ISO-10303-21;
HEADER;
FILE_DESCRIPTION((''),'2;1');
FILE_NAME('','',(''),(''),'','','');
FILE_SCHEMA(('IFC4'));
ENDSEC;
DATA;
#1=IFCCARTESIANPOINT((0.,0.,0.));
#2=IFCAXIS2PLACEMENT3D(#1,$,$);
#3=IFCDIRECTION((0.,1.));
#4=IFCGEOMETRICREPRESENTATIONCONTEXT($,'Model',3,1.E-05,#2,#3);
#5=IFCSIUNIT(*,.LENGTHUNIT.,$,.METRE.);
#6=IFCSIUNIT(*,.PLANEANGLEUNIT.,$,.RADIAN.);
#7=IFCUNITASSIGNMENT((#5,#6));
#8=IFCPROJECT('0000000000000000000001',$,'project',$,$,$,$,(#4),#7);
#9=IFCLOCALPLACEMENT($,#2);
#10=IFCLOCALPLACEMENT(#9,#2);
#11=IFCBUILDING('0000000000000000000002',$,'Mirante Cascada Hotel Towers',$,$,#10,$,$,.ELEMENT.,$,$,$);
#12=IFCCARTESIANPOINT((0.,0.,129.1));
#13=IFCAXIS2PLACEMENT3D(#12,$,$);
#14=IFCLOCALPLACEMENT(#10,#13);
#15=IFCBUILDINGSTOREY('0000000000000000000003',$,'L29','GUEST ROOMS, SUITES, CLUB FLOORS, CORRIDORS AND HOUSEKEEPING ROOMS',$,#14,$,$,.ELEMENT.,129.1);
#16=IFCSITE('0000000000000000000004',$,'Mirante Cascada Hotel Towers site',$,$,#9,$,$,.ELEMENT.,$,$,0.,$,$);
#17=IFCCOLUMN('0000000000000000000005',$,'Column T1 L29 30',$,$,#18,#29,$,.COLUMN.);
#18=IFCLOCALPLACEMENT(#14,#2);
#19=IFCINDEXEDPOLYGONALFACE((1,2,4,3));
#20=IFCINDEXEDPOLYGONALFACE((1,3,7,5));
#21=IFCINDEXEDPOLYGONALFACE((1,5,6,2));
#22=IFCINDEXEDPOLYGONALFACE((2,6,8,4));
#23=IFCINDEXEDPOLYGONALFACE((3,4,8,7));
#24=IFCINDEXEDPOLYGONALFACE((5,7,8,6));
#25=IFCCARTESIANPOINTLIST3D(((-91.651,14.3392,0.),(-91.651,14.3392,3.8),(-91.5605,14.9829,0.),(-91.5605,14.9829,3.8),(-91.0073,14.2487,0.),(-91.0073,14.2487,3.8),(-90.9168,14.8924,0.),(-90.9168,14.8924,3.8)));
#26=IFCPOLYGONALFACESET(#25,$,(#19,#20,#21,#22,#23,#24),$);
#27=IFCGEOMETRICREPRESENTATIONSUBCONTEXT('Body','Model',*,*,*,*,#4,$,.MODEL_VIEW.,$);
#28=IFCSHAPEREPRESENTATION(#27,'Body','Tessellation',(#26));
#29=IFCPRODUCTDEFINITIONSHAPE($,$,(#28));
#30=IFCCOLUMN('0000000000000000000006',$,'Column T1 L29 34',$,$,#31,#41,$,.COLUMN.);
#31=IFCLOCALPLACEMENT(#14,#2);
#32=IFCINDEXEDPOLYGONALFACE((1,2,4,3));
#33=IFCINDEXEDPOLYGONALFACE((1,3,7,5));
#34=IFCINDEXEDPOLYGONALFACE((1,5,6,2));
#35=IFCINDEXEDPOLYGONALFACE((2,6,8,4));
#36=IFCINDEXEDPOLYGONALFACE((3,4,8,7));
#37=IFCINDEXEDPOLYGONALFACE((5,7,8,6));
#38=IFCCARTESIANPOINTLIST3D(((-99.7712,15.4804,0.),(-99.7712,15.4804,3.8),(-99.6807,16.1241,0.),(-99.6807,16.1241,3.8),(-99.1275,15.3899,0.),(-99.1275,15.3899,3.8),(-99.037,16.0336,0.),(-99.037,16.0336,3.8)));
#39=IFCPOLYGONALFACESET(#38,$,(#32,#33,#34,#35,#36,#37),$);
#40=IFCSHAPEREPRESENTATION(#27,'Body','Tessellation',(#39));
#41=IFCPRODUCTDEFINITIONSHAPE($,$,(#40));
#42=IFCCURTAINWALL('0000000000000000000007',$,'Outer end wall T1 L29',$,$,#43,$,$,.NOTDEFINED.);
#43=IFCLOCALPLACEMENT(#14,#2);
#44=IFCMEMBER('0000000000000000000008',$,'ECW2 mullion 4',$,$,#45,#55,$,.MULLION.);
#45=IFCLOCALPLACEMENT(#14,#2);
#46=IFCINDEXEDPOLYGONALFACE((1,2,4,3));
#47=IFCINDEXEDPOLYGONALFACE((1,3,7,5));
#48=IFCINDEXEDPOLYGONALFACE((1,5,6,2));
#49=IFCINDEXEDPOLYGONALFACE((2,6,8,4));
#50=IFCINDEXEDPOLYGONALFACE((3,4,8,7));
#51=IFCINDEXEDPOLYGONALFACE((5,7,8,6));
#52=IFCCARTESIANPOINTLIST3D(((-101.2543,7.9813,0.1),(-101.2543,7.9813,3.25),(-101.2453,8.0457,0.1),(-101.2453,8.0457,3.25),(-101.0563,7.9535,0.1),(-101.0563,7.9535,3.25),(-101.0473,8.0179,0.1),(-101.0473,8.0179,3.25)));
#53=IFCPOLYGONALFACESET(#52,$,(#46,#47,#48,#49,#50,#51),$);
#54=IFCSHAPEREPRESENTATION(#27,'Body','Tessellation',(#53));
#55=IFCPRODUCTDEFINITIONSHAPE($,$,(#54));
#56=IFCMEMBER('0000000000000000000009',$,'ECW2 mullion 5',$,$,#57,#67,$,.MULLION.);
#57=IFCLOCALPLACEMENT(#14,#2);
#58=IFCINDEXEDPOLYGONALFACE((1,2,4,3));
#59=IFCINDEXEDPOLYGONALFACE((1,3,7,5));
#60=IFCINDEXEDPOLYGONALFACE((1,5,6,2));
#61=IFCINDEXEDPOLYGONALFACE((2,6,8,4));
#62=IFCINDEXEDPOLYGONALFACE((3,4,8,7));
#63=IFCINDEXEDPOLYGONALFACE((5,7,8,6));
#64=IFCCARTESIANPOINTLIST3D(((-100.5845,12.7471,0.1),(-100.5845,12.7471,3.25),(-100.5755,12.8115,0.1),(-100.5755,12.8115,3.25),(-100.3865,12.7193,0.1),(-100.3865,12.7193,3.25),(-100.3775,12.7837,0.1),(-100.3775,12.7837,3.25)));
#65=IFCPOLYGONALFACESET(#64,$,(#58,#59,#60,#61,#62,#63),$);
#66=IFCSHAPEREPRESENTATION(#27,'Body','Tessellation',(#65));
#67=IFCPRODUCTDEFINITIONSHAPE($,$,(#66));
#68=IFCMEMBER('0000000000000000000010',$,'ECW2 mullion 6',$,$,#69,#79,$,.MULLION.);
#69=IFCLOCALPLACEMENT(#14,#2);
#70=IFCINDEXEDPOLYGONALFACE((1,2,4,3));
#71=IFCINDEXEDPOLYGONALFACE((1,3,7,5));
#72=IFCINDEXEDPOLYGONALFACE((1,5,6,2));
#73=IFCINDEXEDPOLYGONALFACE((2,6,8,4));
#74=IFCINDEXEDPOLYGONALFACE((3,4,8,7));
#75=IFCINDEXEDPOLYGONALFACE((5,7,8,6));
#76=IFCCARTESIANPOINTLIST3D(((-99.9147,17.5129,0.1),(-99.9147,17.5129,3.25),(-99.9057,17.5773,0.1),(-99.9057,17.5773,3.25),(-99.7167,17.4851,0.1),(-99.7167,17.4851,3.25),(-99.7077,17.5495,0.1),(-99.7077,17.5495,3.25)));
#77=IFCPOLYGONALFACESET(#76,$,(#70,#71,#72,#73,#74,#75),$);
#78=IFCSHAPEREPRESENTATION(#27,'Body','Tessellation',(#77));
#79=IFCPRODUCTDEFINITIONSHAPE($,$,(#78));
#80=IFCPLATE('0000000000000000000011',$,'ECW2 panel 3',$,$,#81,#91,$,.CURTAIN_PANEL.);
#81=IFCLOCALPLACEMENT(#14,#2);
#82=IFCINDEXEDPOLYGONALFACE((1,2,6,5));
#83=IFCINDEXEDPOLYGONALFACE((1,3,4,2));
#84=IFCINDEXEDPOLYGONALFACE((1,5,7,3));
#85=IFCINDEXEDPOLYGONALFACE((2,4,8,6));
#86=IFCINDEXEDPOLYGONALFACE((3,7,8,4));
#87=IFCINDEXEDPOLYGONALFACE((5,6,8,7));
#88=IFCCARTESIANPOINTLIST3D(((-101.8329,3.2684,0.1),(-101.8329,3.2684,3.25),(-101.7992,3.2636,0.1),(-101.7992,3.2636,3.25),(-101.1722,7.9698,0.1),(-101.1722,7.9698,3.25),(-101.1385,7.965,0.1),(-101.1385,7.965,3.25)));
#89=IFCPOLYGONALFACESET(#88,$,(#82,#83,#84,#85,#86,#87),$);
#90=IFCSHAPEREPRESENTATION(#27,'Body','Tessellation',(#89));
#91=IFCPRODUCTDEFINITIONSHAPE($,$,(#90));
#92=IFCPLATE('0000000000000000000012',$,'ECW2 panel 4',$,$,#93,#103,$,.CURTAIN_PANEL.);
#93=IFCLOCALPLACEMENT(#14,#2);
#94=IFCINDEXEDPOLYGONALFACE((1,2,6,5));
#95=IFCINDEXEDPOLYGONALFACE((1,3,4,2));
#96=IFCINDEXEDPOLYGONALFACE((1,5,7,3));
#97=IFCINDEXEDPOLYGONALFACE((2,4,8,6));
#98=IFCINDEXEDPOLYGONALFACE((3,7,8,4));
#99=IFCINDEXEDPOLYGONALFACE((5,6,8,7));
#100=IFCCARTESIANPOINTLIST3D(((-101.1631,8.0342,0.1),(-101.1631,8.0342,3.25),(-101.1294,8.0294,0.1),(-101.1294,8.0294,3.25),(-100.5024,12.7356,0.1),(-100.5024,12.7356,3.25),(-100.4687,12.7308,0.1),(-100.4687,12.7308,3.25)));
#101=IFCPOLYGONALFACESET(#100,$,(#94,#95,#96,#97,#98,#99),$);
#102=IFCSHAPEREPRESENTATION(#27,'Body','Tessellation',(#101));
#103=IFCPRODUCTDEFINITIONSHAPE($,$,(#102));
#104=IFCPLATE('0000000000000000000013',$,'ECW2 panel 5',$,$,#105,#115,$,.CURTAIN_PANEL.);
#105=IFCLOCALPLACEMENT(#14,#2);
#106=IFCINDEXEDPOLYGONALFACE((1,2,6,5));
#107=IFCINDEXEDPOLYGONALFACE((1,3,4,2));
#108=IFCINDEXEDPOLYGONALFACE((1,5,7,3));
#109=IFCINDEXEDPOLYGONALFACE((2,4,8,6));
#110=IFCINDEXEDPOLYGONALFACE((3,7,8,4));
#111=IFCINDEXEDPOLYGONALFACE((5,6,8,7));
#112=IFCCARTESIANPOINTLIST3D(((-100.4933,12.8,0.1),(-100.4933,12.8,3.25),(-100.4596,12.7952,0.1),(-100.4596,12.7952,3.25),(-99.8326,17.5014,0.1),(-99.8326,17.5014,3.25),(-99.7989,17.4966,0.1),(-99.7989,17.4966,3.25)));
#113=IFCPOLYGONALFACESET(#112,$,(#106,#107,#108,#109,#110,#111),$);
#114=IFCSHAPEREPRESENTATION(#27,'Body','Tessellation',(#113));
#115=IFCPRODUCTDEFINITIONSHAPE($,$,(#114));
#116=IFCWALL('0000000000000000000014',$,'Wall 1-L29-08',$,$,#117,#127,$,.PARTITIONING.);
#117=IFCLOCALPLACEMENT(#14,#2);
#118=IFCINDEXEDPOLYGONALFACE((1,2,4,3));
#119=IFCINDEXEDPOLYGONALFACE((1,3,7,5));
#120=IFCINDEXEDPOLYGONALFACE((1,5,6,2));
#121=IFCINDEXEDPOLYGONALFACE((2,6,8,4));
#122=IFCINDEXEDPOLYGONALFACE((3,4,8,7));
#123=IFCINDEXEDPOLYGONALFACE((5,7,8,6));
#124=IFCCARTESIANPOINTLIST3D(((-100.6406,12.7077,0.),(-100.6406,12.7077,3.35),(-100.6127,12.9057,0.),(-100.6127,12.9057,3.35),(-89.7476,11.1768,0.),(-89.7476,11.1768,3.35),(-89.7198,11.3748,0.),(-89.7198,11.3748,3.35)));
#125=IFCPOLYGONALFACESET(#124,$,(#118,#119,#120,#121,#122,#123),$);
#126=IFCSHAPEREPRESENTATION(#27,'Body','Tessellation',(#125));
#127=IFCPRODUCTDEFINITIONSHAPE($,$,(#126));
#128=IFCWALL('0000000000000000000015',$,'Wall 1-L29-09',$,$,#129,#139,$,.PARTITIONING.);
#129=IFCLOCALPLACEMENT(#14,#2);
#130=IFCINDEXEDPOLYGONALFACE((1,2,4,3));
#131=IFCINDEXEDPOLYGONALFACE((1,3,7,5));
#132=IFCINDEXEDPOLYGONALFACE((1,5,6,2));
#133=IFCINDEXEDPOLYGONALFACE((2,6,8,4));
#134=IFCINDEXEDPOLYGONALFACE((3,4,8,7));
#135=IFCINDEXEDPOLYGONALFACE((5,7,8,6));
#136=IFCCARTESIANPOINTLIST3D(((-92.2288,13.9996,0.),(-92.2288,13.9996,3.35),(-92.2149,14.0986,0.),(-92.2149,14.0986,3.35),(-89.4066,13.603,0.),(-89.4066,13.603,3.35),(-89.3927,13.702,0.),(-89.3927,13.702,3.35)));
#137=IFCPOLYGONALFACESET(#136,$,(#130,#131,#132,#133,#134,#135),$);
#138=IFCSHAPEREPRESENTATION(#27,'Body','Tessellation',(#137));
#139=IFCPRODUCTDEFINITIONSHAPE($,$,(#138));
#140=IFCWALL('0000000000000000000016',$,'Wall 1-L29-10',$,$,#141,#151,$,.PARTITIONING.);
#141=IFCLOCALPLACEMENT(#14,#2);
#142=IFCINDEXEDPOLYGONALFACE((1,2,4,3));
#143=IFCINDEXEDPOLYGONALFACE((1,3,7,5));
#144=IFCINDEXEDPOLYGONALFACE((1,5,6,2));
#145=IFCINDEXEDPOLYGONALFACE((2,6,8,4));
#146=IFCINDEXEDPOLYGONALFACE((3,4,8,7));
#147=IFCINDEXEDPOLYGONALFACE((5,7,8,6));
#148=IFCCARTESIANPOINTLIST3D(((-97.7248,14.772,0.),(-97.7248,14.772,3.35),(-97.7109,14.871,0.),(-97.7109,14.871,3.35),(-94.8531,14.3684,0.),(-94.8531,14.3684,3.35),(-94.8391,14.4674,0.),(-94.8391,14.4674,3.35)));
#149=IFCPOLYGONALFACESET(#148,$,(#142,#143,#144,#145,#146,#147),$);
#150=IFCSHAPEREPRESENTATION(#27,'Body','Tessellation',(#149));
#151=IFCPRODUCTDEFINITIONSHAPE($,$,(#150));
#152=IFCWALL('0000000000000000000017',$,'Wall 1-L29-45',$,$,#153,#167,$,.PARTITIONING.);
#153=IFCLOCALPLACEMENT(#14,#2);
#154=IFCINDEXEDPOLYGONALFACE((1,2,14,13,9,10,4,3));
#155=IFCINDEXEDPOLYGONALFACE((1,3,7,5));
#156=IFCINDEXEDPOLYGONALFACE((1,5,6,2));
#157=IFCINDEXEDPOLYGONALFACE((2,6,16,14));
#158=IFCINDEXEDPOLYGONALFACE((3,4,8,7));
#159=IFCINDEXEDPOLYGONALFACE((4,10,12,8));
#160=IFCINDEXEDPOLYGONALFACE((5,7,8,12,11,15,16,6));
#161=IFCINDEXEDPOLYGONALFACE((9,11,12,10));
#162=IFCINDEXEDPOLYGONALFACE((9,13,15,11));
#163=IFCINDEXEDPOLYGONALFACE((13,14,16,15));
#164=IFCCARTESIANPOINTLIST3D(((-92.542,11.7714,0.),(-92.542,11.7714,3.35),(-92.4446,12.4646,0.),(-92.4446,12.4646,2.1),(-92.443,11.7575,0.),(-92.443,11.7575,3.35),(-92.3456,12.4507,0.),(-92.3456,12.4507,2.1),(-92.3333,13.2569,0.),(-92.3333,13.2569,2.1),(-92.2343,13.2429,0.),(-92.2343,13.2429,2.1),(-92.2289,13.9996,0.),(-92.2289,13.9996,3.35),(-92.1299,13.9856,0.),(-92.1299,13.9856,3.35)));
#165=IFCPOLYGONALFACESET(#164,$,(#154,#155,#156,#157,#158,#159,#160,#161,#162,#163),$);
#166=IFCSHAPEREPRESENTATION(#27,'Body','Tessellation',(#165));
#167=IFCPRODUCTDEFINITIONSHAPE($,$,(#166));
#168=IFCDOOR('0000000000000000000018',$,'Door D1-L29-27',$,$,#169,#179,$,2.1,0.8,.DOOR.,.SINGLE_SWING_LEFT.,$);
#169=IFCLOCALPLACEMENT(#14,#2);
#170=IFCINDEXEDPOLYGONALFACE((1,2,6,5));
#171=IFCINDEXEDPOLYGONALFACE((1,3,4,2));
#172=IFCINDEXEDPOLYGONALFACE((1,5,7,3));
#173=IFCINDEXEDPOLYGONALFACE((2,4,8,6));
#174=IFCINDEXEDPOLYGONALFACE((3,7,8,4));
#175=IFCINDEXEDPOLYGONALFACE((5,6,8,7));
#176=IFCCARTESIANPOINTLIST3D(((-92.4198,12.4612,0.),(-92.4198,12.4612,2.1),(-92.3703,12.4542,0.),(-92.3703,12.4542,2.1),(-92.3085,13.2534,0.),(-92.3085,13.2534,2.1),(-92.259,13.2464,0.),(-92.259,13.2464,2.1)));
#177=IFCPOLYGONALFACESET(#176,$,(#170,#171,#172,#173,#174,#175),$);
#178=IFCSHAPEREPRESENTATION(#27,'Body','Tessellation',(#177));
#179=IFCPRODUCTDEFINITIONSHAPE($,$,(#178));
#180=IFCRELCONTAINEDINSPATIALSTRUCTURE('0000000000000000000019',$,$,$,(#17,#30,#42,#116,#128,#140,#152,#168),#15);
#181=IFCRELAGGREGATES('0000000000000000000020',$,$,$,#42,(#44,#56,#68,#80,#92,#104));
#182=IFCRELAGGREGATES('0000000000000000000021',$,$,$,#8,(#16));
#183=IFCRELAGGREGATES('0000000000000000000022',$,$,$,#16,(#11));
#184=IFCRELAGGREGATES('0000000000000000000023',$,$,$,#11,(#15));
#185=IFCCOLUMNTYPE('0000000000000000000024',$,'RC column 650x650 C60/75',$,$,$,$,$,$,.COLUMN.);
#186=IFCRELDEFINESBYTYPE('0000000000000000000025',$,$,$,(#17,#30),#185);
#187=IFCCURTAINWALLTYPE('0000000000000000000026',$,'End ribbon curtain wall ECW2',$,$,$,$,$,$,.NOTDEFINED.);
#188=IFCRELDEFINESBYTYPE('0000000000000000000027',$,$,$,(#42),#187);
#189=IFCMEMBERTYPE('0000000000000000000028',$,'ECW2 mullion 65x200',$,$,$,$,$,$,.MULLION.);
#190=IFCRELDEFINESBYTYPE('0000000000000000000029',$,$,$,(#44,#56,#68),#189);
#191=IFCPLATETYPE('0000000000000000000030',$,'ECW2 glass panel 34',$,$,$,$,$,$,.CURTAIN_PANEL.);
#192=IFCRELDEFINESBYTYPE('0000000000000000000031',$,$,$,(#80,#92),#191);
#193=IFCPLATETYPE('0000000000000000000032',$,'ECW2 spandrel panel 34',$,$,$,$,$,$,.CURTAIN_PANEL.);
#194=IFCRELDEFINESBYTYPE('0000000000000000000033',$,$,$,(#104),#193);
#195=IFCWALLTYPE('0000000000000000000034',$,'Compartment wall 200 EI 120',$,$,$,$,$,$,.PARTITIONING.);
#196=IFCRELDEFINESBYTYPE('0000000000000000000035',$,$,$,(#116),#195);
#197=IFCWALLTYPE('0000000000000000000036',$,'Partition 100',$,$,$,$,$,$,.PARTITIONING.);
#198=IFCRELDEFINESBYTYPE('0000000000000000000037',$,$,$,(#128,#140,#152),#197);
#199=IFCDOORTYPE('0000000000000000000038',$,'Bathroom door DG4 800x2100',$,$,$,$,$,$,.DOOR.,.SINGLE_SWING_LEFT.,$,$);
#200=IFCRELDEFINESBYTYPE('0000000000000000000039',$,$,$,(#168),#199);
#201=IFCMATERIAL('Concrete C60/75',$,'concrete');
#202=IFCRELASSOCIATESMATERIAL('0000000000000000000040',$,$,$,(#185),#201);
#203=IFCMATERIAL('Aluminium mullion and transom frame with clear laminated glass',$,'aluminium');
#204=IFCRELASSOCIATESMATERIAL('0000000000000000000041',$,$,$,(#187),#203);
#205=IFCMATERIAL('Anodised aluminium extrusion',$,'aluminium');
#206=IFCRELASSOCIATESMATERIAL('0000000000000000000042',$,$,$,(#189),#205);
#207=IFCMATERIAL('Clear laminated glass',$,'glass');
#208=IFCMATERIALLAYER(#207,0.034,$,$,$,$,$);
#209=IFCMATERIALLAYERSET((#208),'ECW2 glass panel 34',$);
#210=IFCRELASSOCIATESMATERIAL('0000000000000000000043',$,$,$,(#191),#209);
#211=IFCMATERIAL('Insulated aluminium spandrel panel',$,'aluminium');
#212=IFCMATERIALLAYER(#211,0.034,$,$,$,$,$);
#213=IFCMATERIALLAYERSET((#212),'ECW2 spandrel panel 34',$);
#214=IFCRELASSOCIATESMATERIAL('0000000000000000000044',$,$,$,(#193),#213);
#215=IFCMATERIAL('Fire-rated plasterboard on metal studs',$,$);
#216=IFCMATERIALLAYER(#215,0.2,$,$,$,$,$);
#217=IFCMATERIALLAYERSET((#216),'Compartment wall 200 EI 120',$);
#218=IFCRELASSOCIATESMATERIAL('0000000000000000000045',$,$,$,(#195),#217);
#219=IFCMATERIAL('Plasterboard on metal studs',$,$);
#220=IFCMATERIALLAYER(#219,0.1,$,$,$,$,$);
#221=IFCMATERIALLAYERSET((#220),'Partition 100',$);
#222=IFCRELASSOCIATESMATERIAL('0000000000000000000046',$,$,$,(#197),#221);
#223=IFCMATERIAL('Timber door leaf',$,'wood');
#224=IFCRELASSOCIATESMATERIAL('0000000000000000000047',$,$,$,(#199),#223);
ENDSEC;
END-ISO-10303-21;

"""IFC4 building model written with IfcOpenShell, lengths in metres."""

from ifc_helpers import new_model, si_unit, direction, frame, frame_2d, origin, origin_2d, place, context, subcontext, project, spatial, rectangle, extrude, material, layer, layer_set, material_profile, profile_set, type_object, element, fill, aggregate, save


model = new_model("IFC4")

# Units and contexts
model_context = context("Model", 3, precision=1e-05, world=origin(), true_north=direction((0.0, 1.0)))
body_context = subcontext(model_context, "Body", "Model", "MODEL_VIEW")
ifc_project = project(units=[si_unit("LENGTHUNIT", "METRE"), si_unit("PLANEANGLEUNIT", "RADIAN")], contexts=[model_context])

# Site, building, storey
site_placement = place(None, origin())
site = spatial("IfcSite", under=ifc_project, at=site_placement, Name="Mirante Cascada Hotel Towers site", CompositionType="ELEMENT", RefElevation=0.0)
building_placement = place(site_placement, origin())
building = spatial("IfcBuilding", under=site, at=building_placement, Name="Mirante Cascada Hotel Towers", CompositionType="ELEMENT")
storey_placement = place(building_placement, frame((0.0, 0.0, 129.1)))
storey = spatial("IfcBuildingStorey", under=building, at=storey_placement, Name="L29", Description="GUEST ROOMS, SUITES, CLUB FLOORS, CORRIDORS AND HOUSEKEEPING ROOMS", CompositionType="ELEMENT", Elevation=129.1)

# Columns
ifc_material_1 = material(Name="Concrete C60/75", Category="concrete")
ifc_material_profile_1 = material_profile(ifc_material_1, rectangle(XDim=0.65, YDim=0.65, at=origin_2d()), Name="RC column 650x650 C60/75")
ifc_profile_set_1 = profile_set([ifc_material_profile_1], Name="Concrete C60/75")
column_type = type_object("IfcColumnType", Name="RC column 650x650 C60/75", PredefinedType="COLUMN", material=ifc_profile_set_1)
for number, where, z_axis, x_axis, name in (
    (1, (-91.2839, 14.6158, 0.0), (0.0, 0.0, 1.0), (-0.990268, 0.139173, 0.0), "Column T1 L29 30"),
    (2, (-99.4041, 15.757, 0.0), (0.0, 0.0, 1.0), (-0.990268, 0.139173, 0.0), "Column T1 L29 34"),
):
    element("IfcColumn", number, at=place(storey_placement, frame(where, z_axis=z_axis, x_axis=x_axis)), inside=storey, type_object=column_type, Name=name, PredefinedType="COLUMN", context=body_context, shape_type="SweptSolid", body=[
        extrude(rectangle(XDim=0.65, YDim=0.65, at=origin_2d()), origin(), (0.0, 0.0, 1.0), 3.8),
    ])

# Curtain wall, members, plates
ifc_material_2 = material(Name="Aluminium mullion and transom frame with clear laminated glass", Category="aluminium")
curtain_wall_type = type_object("IfcCurtainWallType", Name="End ribbon curtain wall ECW2", PredefinedType="NOTDEFINED", material=ifc_material_2)
curtain_wall_placement = place(storey_placement, origin())
curtain_wall = element("IfcCurtainWall", 3, at=curtain_wall_placement, inside=storey, type_object=curtain_wall_type, Name="Outer end wall T1 L29", PredefinedType="NOTDEFINED")
ifc_material_3 = material(Name="Anodised aluminium extrusion", Category="aluminium")
ifc_material_profile_2 = material_profile(ifc_material_3, rectangle(XDim=0.2, YDim=0.065, at=origin_2d()), Name="ECW2 MULLION 65x200")
ifc_profile_set_2 = profile_set([ifc_material_profile_2], Name="Anodised aluminium extrusion")
member_type = type_object("IfcMemberType", Name="ECW2 mullion 65x200", PredefinedType="MULLION", material=ifc_profile_set_2)
member_1_placement = place(storey_placement, frame((-101.1508, 7.9996, 0.1), z_axis=(0.0, 0.0, 1.0), x_axis=(-0.990268, 0.139173, 0.0)))
member_1 = element("IfcMember", 4, at=member_1_placement, type_object=member_type, Name="ECW2 mullion 4", PredefinedType="MULLION", context=body_context, shape_type="SweptSolid", body=[
    extrude(rectangle(XDim=0.2, YDim=0.065, at=origin_2d()), origin(), (0.0, 0.0, 1.0), 3.15),
])
member_2_placement = place(storey_placement, frame((-100.481, 12.7654, 0.1), z_axis=(0.0, 0.0, 1.0), x_axis=(-0.990268, 0.139173, 0.0)))
member_2 = element("IfcMember", 5, at=member_2_placement, type_object=member_type, Name="ECW2 mullion 5", PredefinedType="MULLION", context=body_context, shape_type="SweptSolid", body=[
    extrude(rectangle(XDim=0.2, YDim=0.065, at=origin_2d()), origin(), (0.0, 0.0, 1.0), 3.15),
])
member_3_placement = place(storey_placement, frame((-99.8112, 17.5312, 0.1), z_axis=(0.0, 0.0, 1.0), x_axis=(-0.990268, 0.139173, 0.0)))
member_3 = element("IfcMember", 6, at=member_3_placement, type_object=member_type, Name="ECW2 mullion 6", PredefinedType="MULLION", context=body_context, shape_type="SweptSolid", body=[
    extrude(rectangle(XDim=0.2, YDim=0.065, at=origin_2d()), origin(), (0.0, 0.0, 1.0), 3.15),
])
ifc_material_4 = material(Name="Clear laminated glass", Category="glass")
ifc_layer_1 = layer(ifc_material_4, 0.034)
ifc_layer_set_1 = layer_set([ifc_layer_1], Name="ECW2 glass panel 34")
plate_type_1 = type_object("IfcPlateType", Name="ECW2 glass panel 34", PredefinedType="CURTAIN_PANEL", material=ifc_layer_set_1)
plate_1_placement = place(storey_placement, frame((-101.4857, 5.6167, 0.1), z_axis=(0.0, 0.0, 1.0), x_axis=(0.139173, 0.990268, 0.0)))
plate_1 = element("IfcPlate", 7, at=plate_1_placement, type_object=plate_type_1, Name="ECW2 panel 3", PredefinedType="CURTAIN_PANEL", context=body_context, shape_type="SweptSolid", body=[
    extrude(rectangle(XDim=4.7476, YDim=0.034, at=origin_2d()), origin(), (0.0, 0.0, 1.0), 3.15),
])
plate_2_placement = place(storey_placement, frame((-100.8159, 10.3825, 0.1), z_axis=(0.0, 0.0, 1.0), x_axis=(0.139173, 0.990268, 0.0)))
plate_2 = element("IfcPlate", 8, at=plate_2_placement, type_object=plate_type_1, Name="ECW2 panel 4", PredefinedType="CURTAIN_PANEL", context=body_context, shape_type="SweptSolid", body=[
    extrude(rectangle(XDim=4.7476, YDim=0.034, at=origin_2d()), origin(), (0.0, 0.0, 1.0), 3.15),
])
ifc_material_5 = material(Name="Insulated aluminium spandrel panel", Category="aluminium")
ifc_layer_2 = layer(ifc_material_5, 0.034)
ifc_layer_set_2 = layer_set([ifc_layer_2], Name="ECW2 spandrel panel 34")
plate_type_2 = type_object("IfcPlateType", Name="ECW2 spandrel panel 34", PredefinedType="CURTAIN_PANEL", material=ifc_layer_set_2)
plate_3_placement = place(storey_placement, frame((-100.1461, 15.1483, 0.1), z_axis=(0.0, 0.0, 1.0), x_axis=(0.139173, 0.990268, 0.0)))
plate_3 = element("IfcPlate", 9, at=plate_3_placement, type_object=plate_type_2, Name="ECW2 panel 5", PredefinedType="CURTAIN_PANEL", context=body_context, shape_type="SweptSolid", body=[
    extrude(rectangle(XDim=4.7476, YDim=0.034, at=origin_2d()), origin(), (0.0, 0.0, 1.0), 3.15),
])
aggregate(curtain_wall, [member_1, member_2, member_3, plate_1, plate_2, plate_3])

# Walls
ifc_material_6 = material(Name="Fire-rated plasterboard on metal studs")
ifc_layer_3 = layer(ifc_material_6, 0.2)
ifc_layer_set_3 = layer_set([ifc_layer_3], Name="Compartment wall 200 EI 120")
wall_type_1 = type_object("IfcWallType", Name="Compartment wall 200 EI 120", PredefinedType="PARTITIONING", material=ifc_layer_set_3)
wall_1_placement = place(storey_placement, frame((-89.7337, 11.2758, 0.0), z_axis=(0.0, 0.0, 1.0), x_axis=(-0.990268, 0.139173, 0.0)))
element("IfcWall", 10, at=wall_1_placement, inside=storey, type_object=wall_type_1, Name="Wall 1-L29-08", PredefinedType="PARTITIONING", context=body_context, shape_type="SweptSolid", body=[
    extrude(rectangle(XDim=11.0, YDim=0.2, at=frame_2d((5.5, 0.0))), origin(), (0.0, 0.0, 1.0), 3.35),
])
ifc_material_7 = material(Name="Plasterboard on metal studs")
ifc_layer_4 = layer(ifc_material_7, 0.1)
ifc_layer_set_4 = layer_set([ifc_layer_4], Name="Partition 100")
wall_type_2 = type_object("IfcWallType", Name="Partition 100", PredefinedType="PARTITIONING", material=ifc_layer_set_4)
wall_2_placement = place(storey_placement, frame((-92.2219, 14.0491, 0.0), z_axis=(0.0, 0.0, 1.0), x_axis=(0.99027, -0.139161, 0.0)))
element("IfcWall", 11, at=wall_2_placement, inside=storey, type_object=wall_type_2, Name="Wall 1-L29-09", PredefinedType="PARTITIONING", context=body_context, shape_type="SweptSolid", body=[
    extrude(rectangle(XDim=2.8499, YDim=0.1, at=frame_2d((1.425, 0.0))), origin(), (0.0, 0.0, 1.0), 3.35),
])
wall_3_placement = place(storey_placement, frame((-94.8461, 14.4179, 0.0), z_axis=(0.0, 0.0, 1.0), x_axis=(-0.990268, 0.139171, 0.0)))
element("IfcWall", 12, at=wall_3_placement, inside=storey, type_object=wall_type_2, Name="Wall 1-L29-10", PredefinedType="PARTITIONING", context=body_context, shape_type="SweptSolid", body=[
    extrude(rectangle(XDim=2.9, YDim=0.1, at=frame_2d((1.45, 0.0))), origin(), (0.0, 0.0, 1.0), 3.35),
])

# Wall, opening, door
wall_4_placement = place(storey_placement, frame((-92.1794, 13.9926, 0.0), z_axis=(0.0, 0.0, 1.0), x_axis=(-0.139156, -0.990271, 0.0)))
wall_4 = element("IfcWall", 13, at=wall_4_placement, inside=storey, type_object=wall_type_2, Name="Wall 1-L29-45", PredefinedType="PARTITIONING", context=body_context, shape_type="SweptSolid", body=[
    extrude(rectangle(XDim=2.25, YDim=0.1, at=frame_2d((1.125, 0.0))), origin(), (0.0, 0.0, 1.0), 3.35),
])
opening_1_placement = place(wall_4_placement, frame((0.75, 0.0, 0.0)))
opening_1 = element("IfcOpeningElement", 14, at=opening_1_placement, cuts=wall_4, PredefinedType="OPENING", context=body_context, shape_type="SweptSolid", body=[
    extrude(rectangle(XDim=0.8, YDim=2.1, at=frame_2d((0.4, 1.05))), frame((0.0, 0.05, 0.0), z_axis=(0.0, -1.0, 0.0), x_axis=(1.0, 0.0, 0.0)), (0.0, 0.0, 1.0), 0.1),
])
ifc_material_8 = material(Name="Timber door leaf", Category="wood")
door_type = type_object("IfcDoorType", Name="Bathroom door DG4 800x2100", OperationType="SINGLE_SWING_LEFT", PredefinedType="DOOR", material=ifc_material_8)
door_1_placement = place(opening_1_placement, origin())
door_1 = element("IfcDoor", 15, at=door_1_placement, inside=storey, type_object=door_type, Name="Door D1-L29-27", OperationType="SINGLE_SWING_LEFT", OverallHeight=2.1, OverallWidth=0.8, PredefinedType="DOOR", context=body_context, shape_type="SweptSolid", body=[
    extrude(rectangle(XDim=0.8, YDim=2.1, at=frame_2d((0.4, 1.05))), frame((0.0, 0.025, 0.0), z_axis=(0.0, -1.0, 0.0), x_axis=(1.0, 0.0, 0.0)), (0.0, 0.0, 1.0), 0.05),
])
fill(opening_1, door_1)

save(model, "model.ifc")
